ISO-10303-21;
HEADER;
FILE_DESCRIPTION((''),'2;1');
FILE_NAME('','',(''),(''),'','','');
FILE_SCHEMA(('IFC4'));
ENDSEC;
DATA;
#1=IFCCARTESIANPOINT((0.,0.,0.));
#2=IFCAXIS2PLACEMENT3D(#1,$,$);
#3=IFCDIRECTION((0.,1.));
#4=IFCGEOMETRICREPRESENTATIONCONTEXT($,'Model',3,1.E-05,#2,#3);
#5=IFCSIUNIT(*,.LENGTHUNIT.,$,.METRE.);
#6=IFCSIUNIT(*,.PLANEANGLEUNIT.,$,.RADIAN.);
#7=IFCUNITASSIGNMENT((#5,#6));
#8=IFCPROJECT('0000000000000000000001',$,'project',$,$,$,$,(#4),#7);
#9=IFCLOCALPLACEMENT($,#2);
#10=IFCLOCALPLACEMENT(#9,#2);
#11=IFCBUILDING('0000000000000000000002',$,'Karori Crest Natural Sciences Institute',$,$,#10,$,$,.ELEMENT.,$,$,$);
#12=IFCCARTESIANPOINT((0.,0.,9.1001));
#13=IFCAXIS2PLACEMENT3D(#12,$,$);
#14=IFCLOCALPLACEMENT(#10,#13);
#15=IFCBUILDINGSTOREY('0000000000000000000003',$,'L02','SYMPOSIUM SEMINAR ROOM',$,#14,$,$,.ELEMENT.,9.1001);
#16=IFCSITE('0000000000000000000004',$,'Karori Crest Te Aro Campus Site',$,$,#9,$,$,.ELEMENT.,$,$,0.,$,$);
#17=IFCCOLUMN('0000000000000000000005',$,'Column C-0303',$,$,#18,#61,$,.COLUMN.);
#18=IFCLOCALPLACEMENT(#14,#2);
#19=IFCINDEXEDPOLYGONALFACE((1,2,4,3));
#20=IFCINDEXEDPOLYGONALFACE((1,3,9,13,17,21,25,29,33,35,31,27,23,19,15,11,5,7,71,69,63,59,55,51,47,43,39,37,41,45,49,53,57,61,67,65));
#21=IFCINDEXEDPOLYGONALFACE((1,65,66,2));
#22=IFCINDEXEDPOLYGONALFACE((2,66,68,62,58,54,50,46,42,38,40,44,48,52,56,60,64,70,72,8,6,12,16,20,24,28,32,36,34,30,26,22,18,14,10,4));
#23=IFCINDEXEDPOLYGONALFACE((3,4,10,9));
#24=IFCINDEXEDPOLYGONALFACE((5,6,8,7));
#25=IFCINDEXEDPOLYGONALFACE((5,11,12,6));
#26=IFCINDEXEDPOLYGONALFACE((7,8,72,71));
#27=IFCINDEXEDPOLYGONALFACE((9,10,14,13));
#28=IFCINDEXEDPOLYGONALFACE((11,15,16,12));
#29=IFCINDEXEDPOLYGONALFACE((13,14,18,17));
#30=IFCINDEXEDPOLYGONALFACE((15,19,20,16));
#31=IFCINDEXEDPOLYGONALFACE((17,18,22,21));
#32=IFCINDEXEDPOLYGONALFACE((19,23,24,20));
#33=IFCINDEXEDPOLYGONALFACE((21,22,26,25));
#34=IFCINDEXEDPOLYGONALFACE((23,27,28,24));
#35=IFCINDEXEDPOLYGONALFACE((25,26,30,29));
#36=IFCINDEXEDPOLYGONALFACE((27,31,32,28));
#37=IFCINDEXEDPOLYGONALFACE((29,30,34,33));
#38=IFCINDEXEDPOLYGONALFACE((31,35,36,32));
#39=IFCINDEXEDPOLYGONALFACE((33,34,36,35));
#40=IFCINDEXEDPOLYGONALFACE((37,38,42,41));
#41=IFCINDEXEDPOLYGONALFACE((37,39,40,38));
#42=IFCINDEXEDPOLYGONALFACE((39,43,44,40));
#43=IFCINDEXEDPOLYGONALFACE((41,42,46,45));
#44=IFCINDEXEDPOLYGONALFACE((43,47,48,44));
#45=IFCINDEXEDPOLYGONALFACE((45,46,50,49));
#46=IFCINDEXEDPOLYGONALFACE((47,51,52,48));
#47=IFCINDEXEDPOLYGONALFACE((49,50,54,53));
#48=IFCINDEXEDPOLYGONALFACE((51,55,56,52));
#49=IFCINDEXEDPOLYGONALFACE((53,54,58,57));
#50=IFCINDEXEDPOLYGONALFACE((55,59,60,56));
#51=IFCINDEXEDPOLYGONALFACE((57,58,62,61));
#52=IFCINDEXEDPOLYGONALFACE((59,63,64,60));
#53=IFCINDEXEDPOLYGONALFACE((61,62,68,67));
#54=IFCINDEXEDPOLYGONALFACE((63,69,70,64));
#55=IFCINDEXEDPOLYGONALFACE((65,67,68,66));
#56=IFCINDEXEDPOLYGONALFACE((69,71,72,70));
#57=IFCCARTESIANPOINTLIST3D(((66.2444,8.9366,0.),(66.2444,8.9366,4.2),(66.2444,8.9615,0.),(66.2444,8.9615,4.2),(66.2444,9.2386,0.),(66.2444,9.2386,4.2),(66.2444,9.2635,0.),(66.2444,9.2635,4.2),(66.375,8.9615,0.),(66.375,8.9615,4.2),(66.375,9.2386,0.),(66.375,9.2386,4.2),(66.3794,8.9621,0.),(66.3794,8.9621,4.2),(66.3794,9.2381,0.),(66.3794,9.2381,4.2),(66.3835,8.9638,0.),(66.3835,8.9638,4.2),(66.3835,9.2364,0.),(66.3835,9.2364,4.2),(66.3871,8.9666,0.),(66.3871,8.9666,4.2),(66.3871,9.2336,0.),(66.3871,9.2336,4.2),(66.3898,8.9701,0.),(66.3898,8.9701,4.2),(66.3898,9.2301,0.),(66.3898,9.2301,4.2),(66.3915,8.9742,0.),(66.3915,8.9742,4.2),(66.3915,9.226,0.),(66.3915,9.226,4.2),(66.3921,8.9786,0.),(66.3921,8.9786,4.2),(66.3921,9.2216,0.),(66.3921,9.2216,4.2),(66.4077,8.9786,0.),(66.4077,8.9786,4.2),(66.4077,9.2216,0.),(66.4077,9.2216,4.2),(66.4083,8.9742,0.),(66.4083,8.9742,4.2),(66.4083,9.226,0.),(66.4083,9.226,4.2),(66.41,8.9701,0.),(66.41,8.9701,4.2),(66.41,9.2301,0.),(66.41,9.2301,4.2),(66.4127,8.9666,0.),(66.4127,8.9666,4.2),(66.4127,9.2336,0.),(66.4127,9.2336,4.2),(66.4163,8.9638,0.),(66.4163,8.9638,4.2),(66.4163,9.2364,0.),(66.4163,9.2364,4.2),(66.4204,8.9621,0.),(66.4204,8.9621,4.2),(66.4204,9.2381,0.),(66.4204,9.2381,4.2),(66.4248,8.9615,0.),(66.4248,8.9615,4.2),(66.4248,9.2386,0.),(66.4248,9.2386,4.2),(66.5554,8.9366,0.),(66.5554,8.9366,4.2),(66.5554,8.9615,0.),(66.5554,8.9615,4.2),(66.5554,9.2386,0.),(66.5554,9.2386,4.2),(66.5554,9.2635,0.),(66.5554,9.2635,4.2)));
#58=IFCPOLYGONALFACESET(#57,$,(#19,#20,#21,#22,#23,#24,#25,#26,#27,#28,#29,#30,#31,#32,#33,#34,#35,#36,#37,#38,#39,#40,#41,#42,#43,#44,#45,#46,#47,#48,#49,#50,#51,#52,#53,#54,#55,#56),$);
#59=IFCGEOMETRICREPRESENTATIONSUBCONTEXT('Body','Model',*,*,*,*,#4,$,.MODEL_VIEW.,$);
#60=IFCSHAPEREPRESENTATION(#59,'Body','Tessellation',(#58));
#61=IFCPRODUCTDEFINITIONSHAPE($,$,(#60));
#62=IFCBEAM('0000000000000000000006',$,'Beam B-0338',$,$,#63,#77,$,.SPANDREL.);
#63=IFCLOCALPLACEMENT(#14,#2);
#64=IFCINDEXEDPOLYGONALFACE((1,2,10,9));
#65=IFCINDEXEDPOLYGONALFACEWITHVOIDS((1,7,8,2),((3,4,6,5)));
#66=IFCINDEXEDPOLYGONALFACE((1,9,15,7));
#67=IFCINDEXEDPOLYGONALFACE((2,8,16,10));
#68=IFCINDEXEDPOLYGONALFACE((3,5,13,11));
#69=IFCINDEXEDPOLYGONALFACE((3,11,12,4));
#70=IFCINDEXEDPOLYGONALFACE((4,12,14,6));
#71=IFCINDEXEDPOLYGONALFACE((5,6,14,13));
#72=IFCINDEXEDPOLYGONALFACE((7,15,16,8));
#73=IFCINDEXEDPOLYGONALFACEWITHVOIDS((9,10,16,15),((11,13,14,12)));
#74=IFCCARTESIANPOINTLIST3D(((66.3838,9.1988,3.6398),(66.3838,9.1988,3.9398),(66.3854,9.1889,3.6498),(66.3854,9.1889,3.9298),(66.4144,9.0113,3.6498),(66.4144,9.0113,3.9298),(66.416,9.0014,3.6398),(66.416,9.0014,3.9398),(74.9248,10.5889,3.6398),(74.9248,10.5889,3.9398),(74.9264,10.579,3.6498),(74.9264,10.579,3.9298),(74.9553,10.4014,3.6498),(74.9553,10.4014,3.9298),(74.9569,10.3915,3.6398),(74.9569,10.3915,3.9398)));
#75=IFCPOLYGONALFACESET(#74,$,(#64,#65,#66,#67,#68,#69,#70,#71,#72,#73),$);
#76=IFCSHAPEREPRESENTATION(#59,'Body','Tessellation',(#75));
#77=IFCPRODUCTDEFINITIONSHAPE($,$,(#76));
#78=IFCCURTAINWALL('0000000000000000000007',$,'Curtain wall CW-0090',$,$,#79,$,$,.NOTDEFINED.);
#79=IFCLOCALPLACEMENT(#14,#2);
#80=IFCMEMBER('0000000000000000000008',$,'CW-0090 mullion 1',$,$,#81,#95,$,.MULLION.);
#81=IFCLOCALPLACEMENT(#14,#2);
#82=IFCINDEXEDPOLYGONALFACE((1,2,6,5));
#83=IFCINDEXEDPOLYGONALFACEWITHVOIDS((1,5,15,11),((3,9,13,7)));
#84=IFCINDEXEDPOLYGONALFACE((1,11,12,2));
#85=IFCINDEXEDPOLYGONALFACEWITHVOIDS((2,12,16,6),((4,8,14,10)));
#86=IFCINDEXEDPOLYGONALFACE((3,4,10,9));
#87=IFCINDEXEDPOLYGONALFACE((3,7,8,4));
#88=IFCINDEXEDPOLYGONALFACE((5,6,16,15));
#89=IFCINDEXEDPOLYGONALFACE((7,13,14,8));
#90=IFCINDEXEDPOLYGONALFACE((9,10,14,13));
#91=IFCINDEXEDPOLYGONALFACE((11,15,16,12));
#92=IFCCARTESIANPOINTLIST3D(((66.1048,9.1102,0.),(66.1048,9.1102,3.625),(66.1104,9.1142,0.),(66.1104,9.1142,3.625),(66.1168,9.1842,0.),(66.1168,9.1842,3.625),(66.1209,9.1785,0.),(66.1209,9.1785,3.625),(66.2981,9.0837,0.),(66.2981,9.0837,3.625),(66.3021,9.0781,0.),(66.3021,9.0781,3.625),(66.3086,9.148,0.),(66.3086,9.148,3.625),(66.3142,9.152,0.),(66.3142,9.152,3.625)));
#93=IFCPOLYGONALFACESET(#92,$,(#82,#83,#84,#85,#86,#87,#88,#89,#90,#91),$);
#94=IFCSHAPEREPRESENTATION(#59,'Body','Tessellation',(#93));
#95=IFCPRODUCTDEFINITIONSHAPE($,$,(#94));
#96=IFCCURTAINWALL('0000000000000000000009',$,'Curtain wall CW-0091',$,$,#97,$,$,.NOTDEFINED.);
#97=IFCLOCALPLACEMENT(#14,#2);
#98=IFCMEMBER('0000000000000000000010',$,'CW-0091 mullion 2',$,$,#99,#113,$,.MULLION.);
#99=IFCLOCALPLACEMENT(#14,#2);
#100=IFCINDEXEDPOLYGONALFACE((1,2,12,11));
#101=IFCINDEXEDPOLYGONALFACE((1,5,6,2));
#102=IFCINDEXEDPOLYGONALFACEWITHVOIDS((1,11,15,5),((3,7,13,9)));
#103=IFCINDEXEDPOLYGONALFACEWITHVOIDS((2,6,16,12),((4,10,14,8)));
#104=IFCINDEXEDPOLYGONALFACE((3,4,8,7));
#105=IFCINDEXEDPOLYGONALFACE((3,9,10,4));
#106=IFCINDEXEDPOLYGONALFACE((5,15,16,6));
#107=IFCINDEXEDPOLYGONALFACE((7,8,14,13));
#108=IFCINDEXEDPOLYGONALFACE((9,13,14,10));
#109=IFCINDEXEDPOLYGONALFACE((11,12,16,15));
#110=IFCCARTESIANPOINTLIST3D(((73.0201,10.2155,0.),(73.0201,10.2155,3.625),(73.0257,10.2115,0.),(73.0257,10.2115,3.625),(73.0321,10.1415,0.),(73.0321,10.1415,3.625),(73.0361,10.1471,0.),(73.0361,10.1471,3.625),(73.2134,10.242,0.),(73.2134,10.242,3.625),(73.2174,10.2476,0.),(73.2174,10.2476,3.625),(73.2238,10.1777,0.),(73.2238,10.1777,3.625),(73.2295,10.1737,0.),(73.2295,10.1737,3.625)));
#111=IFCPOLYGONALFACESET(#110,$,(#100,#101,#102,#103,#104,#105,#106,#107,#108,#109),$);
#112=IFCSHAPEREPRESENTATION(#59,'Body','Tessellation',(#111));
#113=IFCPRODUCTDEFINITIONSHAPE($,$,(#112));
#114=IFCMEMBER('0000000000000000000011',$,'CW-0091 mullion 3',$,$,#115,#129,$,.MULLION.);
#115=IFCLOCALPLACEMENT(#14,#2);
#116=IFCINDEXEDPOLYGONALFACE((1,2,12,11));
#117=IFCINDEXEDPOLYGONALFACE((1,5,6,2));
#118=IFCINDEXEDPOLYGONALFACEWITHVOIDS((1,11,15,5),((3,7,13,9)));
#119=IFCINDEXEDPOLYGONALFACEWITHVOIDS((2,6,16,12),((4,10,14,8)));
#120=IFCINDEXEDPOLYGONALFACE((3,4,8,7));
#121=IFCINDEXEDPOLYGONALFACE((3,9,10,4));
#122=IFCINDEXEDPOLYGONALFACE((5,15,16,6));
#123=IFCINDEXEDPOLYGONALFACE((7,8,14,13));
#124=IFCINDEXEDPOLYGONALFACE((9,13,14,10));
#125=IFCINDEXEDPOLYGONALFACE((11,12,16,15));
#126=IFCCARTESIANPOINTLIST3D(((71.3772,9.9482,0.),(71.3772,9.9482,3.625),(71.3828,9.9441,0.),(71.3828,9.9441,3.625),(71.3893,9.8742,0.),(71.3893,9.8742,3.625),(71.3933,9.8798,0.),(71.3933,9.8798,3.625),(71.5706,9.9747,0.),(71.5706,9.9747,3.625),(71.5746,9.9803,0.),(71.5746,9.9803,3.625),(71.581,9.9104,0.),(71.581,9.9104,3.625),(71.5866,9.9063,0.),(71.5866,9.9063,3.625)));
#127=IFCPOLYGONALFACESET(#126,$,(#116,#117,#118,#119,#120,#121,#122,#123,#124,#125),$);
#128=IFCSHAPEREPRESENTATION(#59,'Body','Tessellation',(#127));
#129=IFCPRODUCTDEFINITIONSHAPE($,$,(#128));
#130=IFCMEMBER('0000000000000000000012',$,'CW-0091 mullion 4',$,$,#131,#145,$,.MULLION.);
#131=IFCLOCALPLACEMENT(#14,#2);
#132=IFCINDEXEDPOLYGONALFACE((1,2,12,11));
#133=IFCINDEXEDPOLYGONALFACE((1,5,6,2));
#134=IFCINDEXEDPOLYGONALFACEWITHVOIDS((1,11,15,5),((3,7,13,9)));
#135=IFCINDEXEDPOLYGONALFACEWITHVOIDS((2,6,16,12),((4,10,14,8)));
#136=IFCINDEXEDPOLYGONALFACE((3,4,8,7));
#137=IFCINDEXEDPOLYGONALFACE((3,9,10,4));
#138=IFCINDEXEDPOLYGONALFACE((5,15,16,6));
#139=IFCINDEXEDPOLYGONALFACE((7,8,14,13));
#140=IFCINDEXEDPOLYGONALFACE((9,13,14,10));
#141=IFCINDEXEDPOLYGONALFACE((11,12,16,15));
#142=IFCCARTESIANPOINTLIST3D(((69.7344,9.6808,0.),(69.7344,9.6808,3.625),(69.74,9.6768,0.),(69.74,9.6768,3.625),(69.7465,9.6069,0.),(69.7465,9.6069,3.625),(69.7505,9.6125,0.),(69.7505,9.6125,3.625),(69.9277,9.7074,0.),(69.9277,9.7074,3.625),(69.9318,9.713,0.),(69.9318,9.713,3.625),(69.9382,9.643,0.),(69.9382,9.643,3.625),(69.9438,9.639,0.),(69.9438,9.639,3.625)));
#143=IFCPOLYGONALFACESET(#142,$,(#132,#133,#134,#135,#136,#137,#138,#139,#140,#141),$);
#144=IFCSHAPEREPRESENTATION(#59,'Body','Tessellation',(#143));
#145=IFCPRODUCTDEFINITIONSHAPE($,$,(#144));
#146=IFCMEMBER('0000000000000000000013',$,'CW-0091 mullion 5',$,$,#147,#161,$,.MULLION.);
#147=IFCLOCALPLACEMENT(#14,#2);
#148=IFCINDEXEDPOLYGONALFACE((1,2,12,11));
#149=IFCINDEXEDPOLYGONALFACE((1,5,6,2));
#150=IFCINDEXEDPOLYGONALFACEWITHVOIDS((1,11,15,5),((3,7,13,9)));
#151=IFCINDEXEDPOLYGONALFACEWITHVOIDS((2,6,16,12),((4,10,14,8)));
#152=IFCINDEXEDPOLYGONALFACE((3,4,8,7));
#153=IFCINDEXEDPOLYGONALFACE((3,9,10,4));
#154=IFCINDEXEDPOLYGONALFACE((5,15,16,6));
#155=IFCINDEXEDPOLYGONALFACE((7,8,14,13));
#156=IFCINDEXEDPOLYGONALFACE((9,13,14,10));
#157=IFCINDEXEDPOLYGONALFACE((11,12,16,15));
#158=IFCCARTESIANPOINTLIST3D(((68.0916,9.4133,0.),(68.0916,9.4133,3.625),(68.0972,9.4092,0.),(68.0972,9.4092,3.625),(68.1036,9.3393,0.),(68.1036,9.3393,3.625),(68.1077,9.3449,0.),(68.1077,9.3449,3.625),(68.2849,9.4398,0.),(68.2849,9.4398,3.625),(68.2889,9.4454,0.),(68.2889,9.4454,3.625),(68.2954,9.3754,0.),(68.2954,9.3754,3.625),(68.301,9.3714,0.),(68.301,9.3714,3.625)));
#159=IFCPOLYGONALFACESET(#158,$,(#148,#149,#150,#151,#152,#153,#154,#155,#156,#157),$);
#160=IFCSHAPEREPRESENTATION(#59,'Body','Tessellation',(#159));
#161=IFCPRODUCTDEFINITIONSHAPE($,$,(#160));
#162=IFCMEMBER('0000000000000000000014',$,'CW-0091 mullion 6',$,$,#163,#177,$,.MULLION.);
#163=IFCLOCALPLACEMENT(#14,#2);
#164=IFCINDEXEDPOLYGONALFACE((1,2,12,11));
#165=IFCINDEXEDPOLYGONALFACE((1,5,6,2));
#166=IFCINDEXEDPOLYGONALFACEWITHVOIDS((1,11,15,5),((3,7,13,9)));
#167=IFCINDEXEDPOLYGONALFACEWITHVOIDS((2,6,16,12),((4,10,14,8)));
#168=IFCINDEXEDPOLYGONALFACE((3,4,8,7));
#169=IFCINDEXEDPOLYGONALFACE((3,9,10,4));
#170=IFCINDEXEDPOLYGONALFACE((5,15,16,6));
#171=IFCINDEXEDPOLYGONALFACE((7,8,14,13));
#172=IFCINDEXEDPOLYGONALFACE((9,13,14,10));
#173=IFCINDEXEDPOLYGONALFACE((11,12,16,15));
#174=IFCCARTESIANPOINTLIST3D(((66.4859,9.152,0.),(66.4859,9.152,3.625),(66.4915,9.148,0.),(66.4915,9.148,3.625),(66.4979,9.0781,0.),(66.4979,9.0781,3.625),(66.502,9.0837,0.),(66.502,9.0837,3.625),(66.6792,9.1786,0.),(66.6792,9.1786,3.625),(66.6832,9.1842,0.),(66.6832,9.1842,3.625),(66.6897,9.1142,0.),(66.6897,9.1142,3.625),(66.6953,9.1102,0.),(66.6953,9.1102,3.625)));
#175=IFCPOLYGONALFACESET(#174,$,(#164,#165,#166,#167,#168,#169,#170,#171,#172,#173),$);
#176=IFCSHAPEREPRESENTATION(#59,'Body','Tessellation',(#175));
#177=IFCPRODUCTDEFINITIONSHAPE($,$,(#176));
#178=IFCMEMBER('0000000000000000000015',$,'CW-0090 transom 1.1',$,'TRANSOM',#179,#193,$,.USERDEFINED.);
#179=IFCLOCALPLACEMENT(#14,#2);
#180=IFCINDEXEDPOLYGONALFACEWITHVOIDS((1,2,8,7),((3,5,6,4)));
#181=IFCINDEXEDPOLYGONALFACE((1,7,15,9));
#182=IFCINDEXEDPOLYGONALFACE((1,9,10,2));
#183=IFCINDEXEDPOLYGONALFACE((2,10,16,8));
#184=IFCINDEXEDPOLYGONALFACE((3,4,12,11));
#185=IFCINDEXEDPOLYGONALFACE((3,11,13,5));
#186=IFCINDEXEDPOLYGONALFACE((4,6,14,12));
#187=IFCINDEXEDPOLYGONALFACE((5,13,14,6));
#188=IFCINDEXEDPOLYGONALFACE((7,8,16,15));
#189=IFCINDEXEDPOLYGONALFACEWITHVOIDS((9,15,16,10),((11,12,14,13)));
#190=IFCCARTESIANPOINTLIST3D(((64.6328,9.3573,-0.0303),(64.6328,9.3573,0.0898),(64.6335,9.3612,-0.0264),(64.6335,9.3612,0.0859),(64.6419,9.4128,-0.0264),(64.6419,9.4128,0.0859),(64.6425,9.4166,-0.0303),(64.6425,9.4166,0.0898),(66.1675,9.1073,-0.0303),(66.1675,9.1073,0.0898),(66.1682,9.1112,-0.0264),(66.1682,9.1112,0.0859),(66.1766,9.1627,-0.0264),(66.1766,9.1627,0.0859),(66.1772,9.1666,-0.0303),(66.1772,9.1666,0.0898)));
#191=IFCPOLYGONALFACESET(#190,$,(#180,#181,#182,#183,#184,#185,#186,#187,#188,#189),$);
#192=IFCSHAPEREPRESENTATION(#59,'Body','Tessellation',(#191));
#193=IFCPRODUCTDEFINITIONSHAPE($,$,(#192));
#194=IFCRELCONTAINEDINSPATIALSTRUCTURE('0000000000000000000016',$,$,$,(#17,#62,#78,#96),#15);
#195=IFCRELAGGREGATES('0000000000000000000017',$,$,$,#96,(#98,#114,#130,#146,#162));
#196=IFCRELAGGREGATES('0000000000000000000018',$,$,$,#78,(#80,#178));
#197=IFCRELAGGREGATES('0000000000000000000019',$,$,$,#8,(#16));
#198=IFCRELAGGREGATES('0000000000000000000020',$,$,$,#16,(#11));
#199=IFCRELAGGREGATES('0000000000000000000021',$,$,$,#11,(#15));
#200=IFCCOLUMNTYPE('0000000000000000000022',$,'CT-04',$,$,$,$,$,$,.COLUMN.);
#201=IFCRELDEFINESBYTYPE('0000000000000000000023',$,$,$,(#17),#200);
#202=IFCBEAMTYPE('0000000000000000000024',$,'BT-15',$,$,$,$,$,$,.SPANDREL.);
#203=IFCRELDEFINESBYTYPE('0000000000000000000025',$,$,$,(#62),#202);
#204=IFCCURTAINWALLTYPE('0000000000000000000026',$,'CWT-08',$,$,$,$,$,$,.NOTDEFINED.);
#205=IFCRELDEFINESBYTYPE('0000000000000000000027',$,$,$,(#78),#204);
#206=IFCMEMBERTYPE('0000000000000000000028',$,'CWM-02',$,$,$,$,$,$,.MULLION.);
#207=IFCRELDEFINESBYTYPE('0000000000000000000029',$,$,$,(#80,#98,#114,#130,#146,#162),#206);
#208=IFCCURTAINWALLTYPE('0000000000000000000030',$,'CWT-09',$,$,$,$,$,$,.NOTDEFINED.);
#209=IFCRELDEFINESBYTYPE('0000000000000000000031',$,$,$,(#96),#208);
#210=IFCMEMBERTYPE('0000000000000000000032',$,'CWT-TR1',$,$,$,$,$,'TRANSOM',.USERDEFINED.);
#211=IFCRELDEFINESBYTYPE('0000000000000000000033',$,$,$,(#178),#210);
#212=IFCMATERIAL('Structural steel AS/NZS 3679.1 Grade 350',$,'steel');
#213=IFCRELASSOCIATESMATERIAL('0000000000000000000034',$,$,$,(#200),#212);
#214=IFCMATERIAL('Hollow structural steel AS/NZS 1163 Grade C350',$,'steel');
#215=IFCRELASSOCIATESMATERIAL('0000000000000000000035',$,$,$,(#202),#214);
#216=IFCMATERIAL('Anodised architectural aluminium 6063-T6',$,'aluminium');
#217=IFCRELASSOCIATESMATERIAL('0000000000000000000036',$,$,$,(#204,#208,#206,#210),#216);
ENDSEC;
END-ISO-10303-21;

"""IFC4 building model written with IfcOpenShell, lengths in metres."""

from ifc_helpers import new_model, si_unit, direction, frame, origin, origin_2d, place, context, subcontext, project, spatial, hollow_rectangle, i_section, extrude, material, material_profile, profile_set, type_object, element, aggregate, save


model = new_model("IFC4")

# Units and contexts
model_context = context("Model", 3, precision=1e-05, world=origin(), true_north=direction((0.0, 1.0)))
body_context = subcontext(model_context, "Body", "Model", "MODEL_VIEW")
ifc_project = project(units=[si_unit("LENGTHUNIT", "METRE"), si_unit("PLANEANGLEUNIT", "RADIAN")], contexts=[model_context])

# Site, building, storey
site_placement = place(None, origin())
site = spatial("IfcSite", under=ifc_project, at=site_placement, Name="Karori Crest Te Aro Campus Site", CompositionType="ELEMENT", RefElevation=0.0)
building_placement = place(site_placement, origin())
building = spatial("IfcBuilding", under=site, at=building_placement, Name="Karori Crest Natural Sciences Institute", CompositionType="ELEMENT")
storey_placement = place(building_placement, frame((0.0, 0.0, 9.1001)))
storey = spatial("IfcBuildingStorey", under=building, at=storey_placement, Name="L02", Description="SYMPOSIUM SEMINAR ROOM", CompositionType="ELEMENT", Elevation=9.1001)

# Column
ifc_material_1 = material(Name="Structural steel AS/NZS 3679.1 Grade 350", Category="steel")
ifc_material_profile_1 = material_profile(ifc_material_1, i_section(OverallWidth=0.311, OverallDepth=0.3269, WebThickness=0.0156, FlangeThickness=0.0249, FilletRadius=0.0171, at=origin_2d()), Name="310UC158")
ifc_profile_set_1 = profile_set([ifc_material_profile_1], Name="Structural steel AS/NZS 3679.1 Grade 350")
column_type = type_object("IfcColumnType", Name="CT-04", PredefinedType="COLUMN", material=ifc_profile_set_1)
column_placement = place(storey_placement, frame((66.3999, 9.1001, 0.0), z_axis=(0.0, 0.0, 1.0), x_axis=(1.0, 0.0, 0.0)))
element("IfcColumn", 1, at=column_placement, inside=storey, type_object=column_type, Name="Column C-0303", PredefinedType="COLUMN", context=body_context, shape_type="SweptSolid", body=[
    extrude(i_section(OverallWidth=0.311, OverallDepth=0.3269, WebThickness=0.0156, FlangeThickness=0.0249, FilletRadius=0.0171, at=origin_2d()), origin(), (0.0, 0.0, 1.0), 4.2),
])

# Beam
ifc_material_2 = material(Name="Hollow structural steel AS/NZS 1163 Grade C350", Category="steel")
ifc_material_profile_2 = material_profile(ifc_material_2, hollow_rectangle(XDim=0.2, YDim=0.3, WallThickness=0.01, at=origin_2d()), Name="RHS300x200x10")
ifc_profile_set_2 = profile_set([ifc_material_profile_2], Name="Hollow structural steel AS/NZS 1163 Grade C350")
beam_type = type_object("IfcBeamType", Name="BT-15", PredefinedType="SPANDREL", material=ifc_profile_set_2)
beam_placement = place(storey_placement, frame((66.3999, 9.1001, 3.7898), z_axis=(0.987012, 0.160646, 0.0), x_axis=(-0.160646, 0.987012, 0.0)))
element("IfcBeam", 2, at=beam_placement, inside=storey, type_object=beam_type, Name="Beam B-0338", PredefinedType="SPANDREL", context=body_context, shape_type="SweptSolid", body=[
    extrude(hollow_rectangle(XDim=0.2, YDim=0.3, WallThickness=0.01, at=origin_2d()), origin(), (0.0, 0.0, 1.0), 8.6533),
])

# Curtain wall, member
ifc_material_3 = material(Name="Anodised architectural aluminium 6063-T6", Category="aluminium")
curtain_wall_type_1 = type_object("IfcCurtainWallType", Name="CWT-08", PredefinedType="NOTDEFINED", material=ifc_material_3)
curtain_wall_1_placement = place(storey_placement, origin())
curtain_wall_1 = element("IfcCurtainWall", 3, at=curtain_wall_1_placement, inside=storey, type_object=curtain_wall_type_1, Name="Curtain wall CW-0090", PredefinedType="NOTDEFINED")
ifc_material_profile_3 = material_profile(ifc_material_3, hollow_rectangle(XDim=0.075, YDim=0.2, WallThickness=0.0049, at=origin_2d()), Name="CWM200x75x5")
ifc_profile_set_3 = profile_set([ifc_material_profile_3], Name="Anodised architectural aluminium 6063-T6")
member_type_1 = type_object("IfcMemberType", Name="CWM-02", PredefinedType="MULLION", material=ifc_profile_set_3)
member_1_placement = place(storey_placement, frame((66.2095, 9.1311, 0.0), z_axis=(0.0, 0.0, 1.0), x_axis=(-0.160652, -0.987011, 0.0)))
member_1 = element("IfcMember", 4, at=member_1_placement, type_object=member_type_1, Name="CW-0090 mullion 1", PredefinedType="MULLION", context=body_context, shape_type="SweptSolid", body=[
    extrude(hollow_rectangle(XDim=0.075, YDim=0.2, WallThickness=0.0049, at=origin_2d()), origin(), (0.0, 0.0, 1.0), 3.625),
])

# Curtain wall, members
curtain_wall_type_2 = type_object("IfcCurtainWallType", Name="CWT-09", PredefinedType="NOTDEFINED", material=ifc_material_3)
curtain_wall_2_placement = place(storey_placement, origin())
curtain_wall_2 = element("IfcCurtainWall", 5, at=curtain_wall_2_placement, inside=storey, type_object=curtain_wall_type_2, Name="Curtain wall CW-0091", PredefinedType="NOTDEFINED")
member_2_placement = place(storey_placement, frame((73.1248, 10.1946, 0.0), z_axis=(0.0, 0.0, 1.0), x_axis=(0.160657, -0.98701, 0.0)))
member_2 = element("IfcMember", 6, at=member_2_placement, type_object=member_type_1, Name="CW-0091 mullion 2", PredefinedType="MULLION", context=body_context, shape_type="SweptSolid", body=[
    extrude(hollow_rectangle(XDim=0.075, YDim=0.2, WallThickness=0.0049, at=origin_2d()), origin(), (0.0, 0.0, 1.0), 3.625),
])
member_3_placement = place(storey_placement, frame((71.4819, 9.9272, 0.0), z_axis=(0.0, 0.0, 1.0), x_axis=(0.160657, -0.98701, 0.0)))
member_3 = element("IfcMember", 7, at=member_3_placement, type_object=member_type_1, Name="CW-0091 mullion 3", PredefinedType="MULLION", context=body_context, shape_type="SweptSolid", body=[
    extrude(hollow_rectangle(XDim=0.075, YDim=0.2, WallThickness=0.0049, at=origin_2d()), origin(), (0.0, 0.0, 1.0), 3.625),
])
member_4_placement = place(storey_placement, frame((69.8391, 9.6599, 0.0), z_axis=(0.0, 0.0, 1.0), x_axis=(0.160657, -0.98701, 0.0)))
member_4 = element("IfcMember", 8, at=member_4_placement, type_object=member_type_1, Name="CW-0091 mullion 4", PredefinedType="MULLION", context=body_context, shape_type="SweptSolid", body=[
    extrude(hollow_rectangle(XDim=0.075, YDim=0.2, WallThickness=0.0049, at=origin_2d()), origin(), (0.0, 0.0, 1.0), 3.625),
])
member_5_placement = place(storey_placement, frame((68.1963, 9.3923, 0.0), z_axis=(0.0, 0.0, 1.0), x_axis=(0.160657, -0.98701, 0.0)))
member_5 = element("IfcMember", 9, at=member_5_placement, type_object=member_type_1, Name="CW-0091 mullion 5", PredefinedType="MULLION", context=body_context, shape_type="SweptSolid", body=[
    extrude(hollow_rectangle(XDim=0.075, YDim=0.2, WallThickness=0.0049, at=origin_2d()), origin(), (0.0, 0.0, 1.0), 3.625),
])
member_6_placement = place(storey_placement, frame((66.5906, 9.1311, 0.0), z_axis=(0.0, 0.0, 1.0), x_axis=(0.160657, -0.98701, 0.0)))
member_6 = element("IfcMember", 10, at=member_6_placement, type_object=member_type_1, Name="CW-0091 mullion 6", PredefinedType="MULLION", context=body_context, shape_type="SweptSolid", body=[
    extrude(hollow_rectangle(XDim=0.075, YDim=0.2, WallThickness=0.0049, at=origin_2d()), origin(), (0.0, 0.0, 1.0), 3.625),
])

# Member
ifc_material_profile_4 = material_profile(ifc_material_3, hollow_rectangle(XDim=0.0601, YDim=0.1201, WallThickness=0.0039, at=origin_2d()), Name="CWT120x60x4")
ifc_profile_set_4 = profile_set([ifc_material_profile_4], Name="Anodised architectural aluminium 6063-T6")
member_type_2 = type_object("IfcMemberType", Name="CWT-TR1", ElementType="TRANSOM", PredefinedType="USERDEFINED", material=ifc_profile_set_4)
member_7_placement = place(storey_placement, frame((66.1724, 9.137, 0.0298), z_axis=(-0.98699, 0.160782, 0.0), x_axis=(-0.160782, -0.98699, 0.0)))
member_7 = element("IfcMember", 11, at=member_7_placement, type_object=member_type_2, Name="CW-0090 transom 1.1", ObjectType="TRANSOM", PredefinedType="USERDEFINED", context=body_context, shape_type="SweptSolid", body=[
    extrude(hollow_rectangle(XDim=0.0601, YDim=0.1201, WallThickness=0.0039, at=origin_2d()), origin(), (0.0, 0.0, 1.0), 1.5549),
])

aggregate(curtain_wall_2, [member_2, member_3, member_4, member_5, member_6])
aggregate(curtain_wall_1, [member_1, member_7])

save(model, "model.ifc")
